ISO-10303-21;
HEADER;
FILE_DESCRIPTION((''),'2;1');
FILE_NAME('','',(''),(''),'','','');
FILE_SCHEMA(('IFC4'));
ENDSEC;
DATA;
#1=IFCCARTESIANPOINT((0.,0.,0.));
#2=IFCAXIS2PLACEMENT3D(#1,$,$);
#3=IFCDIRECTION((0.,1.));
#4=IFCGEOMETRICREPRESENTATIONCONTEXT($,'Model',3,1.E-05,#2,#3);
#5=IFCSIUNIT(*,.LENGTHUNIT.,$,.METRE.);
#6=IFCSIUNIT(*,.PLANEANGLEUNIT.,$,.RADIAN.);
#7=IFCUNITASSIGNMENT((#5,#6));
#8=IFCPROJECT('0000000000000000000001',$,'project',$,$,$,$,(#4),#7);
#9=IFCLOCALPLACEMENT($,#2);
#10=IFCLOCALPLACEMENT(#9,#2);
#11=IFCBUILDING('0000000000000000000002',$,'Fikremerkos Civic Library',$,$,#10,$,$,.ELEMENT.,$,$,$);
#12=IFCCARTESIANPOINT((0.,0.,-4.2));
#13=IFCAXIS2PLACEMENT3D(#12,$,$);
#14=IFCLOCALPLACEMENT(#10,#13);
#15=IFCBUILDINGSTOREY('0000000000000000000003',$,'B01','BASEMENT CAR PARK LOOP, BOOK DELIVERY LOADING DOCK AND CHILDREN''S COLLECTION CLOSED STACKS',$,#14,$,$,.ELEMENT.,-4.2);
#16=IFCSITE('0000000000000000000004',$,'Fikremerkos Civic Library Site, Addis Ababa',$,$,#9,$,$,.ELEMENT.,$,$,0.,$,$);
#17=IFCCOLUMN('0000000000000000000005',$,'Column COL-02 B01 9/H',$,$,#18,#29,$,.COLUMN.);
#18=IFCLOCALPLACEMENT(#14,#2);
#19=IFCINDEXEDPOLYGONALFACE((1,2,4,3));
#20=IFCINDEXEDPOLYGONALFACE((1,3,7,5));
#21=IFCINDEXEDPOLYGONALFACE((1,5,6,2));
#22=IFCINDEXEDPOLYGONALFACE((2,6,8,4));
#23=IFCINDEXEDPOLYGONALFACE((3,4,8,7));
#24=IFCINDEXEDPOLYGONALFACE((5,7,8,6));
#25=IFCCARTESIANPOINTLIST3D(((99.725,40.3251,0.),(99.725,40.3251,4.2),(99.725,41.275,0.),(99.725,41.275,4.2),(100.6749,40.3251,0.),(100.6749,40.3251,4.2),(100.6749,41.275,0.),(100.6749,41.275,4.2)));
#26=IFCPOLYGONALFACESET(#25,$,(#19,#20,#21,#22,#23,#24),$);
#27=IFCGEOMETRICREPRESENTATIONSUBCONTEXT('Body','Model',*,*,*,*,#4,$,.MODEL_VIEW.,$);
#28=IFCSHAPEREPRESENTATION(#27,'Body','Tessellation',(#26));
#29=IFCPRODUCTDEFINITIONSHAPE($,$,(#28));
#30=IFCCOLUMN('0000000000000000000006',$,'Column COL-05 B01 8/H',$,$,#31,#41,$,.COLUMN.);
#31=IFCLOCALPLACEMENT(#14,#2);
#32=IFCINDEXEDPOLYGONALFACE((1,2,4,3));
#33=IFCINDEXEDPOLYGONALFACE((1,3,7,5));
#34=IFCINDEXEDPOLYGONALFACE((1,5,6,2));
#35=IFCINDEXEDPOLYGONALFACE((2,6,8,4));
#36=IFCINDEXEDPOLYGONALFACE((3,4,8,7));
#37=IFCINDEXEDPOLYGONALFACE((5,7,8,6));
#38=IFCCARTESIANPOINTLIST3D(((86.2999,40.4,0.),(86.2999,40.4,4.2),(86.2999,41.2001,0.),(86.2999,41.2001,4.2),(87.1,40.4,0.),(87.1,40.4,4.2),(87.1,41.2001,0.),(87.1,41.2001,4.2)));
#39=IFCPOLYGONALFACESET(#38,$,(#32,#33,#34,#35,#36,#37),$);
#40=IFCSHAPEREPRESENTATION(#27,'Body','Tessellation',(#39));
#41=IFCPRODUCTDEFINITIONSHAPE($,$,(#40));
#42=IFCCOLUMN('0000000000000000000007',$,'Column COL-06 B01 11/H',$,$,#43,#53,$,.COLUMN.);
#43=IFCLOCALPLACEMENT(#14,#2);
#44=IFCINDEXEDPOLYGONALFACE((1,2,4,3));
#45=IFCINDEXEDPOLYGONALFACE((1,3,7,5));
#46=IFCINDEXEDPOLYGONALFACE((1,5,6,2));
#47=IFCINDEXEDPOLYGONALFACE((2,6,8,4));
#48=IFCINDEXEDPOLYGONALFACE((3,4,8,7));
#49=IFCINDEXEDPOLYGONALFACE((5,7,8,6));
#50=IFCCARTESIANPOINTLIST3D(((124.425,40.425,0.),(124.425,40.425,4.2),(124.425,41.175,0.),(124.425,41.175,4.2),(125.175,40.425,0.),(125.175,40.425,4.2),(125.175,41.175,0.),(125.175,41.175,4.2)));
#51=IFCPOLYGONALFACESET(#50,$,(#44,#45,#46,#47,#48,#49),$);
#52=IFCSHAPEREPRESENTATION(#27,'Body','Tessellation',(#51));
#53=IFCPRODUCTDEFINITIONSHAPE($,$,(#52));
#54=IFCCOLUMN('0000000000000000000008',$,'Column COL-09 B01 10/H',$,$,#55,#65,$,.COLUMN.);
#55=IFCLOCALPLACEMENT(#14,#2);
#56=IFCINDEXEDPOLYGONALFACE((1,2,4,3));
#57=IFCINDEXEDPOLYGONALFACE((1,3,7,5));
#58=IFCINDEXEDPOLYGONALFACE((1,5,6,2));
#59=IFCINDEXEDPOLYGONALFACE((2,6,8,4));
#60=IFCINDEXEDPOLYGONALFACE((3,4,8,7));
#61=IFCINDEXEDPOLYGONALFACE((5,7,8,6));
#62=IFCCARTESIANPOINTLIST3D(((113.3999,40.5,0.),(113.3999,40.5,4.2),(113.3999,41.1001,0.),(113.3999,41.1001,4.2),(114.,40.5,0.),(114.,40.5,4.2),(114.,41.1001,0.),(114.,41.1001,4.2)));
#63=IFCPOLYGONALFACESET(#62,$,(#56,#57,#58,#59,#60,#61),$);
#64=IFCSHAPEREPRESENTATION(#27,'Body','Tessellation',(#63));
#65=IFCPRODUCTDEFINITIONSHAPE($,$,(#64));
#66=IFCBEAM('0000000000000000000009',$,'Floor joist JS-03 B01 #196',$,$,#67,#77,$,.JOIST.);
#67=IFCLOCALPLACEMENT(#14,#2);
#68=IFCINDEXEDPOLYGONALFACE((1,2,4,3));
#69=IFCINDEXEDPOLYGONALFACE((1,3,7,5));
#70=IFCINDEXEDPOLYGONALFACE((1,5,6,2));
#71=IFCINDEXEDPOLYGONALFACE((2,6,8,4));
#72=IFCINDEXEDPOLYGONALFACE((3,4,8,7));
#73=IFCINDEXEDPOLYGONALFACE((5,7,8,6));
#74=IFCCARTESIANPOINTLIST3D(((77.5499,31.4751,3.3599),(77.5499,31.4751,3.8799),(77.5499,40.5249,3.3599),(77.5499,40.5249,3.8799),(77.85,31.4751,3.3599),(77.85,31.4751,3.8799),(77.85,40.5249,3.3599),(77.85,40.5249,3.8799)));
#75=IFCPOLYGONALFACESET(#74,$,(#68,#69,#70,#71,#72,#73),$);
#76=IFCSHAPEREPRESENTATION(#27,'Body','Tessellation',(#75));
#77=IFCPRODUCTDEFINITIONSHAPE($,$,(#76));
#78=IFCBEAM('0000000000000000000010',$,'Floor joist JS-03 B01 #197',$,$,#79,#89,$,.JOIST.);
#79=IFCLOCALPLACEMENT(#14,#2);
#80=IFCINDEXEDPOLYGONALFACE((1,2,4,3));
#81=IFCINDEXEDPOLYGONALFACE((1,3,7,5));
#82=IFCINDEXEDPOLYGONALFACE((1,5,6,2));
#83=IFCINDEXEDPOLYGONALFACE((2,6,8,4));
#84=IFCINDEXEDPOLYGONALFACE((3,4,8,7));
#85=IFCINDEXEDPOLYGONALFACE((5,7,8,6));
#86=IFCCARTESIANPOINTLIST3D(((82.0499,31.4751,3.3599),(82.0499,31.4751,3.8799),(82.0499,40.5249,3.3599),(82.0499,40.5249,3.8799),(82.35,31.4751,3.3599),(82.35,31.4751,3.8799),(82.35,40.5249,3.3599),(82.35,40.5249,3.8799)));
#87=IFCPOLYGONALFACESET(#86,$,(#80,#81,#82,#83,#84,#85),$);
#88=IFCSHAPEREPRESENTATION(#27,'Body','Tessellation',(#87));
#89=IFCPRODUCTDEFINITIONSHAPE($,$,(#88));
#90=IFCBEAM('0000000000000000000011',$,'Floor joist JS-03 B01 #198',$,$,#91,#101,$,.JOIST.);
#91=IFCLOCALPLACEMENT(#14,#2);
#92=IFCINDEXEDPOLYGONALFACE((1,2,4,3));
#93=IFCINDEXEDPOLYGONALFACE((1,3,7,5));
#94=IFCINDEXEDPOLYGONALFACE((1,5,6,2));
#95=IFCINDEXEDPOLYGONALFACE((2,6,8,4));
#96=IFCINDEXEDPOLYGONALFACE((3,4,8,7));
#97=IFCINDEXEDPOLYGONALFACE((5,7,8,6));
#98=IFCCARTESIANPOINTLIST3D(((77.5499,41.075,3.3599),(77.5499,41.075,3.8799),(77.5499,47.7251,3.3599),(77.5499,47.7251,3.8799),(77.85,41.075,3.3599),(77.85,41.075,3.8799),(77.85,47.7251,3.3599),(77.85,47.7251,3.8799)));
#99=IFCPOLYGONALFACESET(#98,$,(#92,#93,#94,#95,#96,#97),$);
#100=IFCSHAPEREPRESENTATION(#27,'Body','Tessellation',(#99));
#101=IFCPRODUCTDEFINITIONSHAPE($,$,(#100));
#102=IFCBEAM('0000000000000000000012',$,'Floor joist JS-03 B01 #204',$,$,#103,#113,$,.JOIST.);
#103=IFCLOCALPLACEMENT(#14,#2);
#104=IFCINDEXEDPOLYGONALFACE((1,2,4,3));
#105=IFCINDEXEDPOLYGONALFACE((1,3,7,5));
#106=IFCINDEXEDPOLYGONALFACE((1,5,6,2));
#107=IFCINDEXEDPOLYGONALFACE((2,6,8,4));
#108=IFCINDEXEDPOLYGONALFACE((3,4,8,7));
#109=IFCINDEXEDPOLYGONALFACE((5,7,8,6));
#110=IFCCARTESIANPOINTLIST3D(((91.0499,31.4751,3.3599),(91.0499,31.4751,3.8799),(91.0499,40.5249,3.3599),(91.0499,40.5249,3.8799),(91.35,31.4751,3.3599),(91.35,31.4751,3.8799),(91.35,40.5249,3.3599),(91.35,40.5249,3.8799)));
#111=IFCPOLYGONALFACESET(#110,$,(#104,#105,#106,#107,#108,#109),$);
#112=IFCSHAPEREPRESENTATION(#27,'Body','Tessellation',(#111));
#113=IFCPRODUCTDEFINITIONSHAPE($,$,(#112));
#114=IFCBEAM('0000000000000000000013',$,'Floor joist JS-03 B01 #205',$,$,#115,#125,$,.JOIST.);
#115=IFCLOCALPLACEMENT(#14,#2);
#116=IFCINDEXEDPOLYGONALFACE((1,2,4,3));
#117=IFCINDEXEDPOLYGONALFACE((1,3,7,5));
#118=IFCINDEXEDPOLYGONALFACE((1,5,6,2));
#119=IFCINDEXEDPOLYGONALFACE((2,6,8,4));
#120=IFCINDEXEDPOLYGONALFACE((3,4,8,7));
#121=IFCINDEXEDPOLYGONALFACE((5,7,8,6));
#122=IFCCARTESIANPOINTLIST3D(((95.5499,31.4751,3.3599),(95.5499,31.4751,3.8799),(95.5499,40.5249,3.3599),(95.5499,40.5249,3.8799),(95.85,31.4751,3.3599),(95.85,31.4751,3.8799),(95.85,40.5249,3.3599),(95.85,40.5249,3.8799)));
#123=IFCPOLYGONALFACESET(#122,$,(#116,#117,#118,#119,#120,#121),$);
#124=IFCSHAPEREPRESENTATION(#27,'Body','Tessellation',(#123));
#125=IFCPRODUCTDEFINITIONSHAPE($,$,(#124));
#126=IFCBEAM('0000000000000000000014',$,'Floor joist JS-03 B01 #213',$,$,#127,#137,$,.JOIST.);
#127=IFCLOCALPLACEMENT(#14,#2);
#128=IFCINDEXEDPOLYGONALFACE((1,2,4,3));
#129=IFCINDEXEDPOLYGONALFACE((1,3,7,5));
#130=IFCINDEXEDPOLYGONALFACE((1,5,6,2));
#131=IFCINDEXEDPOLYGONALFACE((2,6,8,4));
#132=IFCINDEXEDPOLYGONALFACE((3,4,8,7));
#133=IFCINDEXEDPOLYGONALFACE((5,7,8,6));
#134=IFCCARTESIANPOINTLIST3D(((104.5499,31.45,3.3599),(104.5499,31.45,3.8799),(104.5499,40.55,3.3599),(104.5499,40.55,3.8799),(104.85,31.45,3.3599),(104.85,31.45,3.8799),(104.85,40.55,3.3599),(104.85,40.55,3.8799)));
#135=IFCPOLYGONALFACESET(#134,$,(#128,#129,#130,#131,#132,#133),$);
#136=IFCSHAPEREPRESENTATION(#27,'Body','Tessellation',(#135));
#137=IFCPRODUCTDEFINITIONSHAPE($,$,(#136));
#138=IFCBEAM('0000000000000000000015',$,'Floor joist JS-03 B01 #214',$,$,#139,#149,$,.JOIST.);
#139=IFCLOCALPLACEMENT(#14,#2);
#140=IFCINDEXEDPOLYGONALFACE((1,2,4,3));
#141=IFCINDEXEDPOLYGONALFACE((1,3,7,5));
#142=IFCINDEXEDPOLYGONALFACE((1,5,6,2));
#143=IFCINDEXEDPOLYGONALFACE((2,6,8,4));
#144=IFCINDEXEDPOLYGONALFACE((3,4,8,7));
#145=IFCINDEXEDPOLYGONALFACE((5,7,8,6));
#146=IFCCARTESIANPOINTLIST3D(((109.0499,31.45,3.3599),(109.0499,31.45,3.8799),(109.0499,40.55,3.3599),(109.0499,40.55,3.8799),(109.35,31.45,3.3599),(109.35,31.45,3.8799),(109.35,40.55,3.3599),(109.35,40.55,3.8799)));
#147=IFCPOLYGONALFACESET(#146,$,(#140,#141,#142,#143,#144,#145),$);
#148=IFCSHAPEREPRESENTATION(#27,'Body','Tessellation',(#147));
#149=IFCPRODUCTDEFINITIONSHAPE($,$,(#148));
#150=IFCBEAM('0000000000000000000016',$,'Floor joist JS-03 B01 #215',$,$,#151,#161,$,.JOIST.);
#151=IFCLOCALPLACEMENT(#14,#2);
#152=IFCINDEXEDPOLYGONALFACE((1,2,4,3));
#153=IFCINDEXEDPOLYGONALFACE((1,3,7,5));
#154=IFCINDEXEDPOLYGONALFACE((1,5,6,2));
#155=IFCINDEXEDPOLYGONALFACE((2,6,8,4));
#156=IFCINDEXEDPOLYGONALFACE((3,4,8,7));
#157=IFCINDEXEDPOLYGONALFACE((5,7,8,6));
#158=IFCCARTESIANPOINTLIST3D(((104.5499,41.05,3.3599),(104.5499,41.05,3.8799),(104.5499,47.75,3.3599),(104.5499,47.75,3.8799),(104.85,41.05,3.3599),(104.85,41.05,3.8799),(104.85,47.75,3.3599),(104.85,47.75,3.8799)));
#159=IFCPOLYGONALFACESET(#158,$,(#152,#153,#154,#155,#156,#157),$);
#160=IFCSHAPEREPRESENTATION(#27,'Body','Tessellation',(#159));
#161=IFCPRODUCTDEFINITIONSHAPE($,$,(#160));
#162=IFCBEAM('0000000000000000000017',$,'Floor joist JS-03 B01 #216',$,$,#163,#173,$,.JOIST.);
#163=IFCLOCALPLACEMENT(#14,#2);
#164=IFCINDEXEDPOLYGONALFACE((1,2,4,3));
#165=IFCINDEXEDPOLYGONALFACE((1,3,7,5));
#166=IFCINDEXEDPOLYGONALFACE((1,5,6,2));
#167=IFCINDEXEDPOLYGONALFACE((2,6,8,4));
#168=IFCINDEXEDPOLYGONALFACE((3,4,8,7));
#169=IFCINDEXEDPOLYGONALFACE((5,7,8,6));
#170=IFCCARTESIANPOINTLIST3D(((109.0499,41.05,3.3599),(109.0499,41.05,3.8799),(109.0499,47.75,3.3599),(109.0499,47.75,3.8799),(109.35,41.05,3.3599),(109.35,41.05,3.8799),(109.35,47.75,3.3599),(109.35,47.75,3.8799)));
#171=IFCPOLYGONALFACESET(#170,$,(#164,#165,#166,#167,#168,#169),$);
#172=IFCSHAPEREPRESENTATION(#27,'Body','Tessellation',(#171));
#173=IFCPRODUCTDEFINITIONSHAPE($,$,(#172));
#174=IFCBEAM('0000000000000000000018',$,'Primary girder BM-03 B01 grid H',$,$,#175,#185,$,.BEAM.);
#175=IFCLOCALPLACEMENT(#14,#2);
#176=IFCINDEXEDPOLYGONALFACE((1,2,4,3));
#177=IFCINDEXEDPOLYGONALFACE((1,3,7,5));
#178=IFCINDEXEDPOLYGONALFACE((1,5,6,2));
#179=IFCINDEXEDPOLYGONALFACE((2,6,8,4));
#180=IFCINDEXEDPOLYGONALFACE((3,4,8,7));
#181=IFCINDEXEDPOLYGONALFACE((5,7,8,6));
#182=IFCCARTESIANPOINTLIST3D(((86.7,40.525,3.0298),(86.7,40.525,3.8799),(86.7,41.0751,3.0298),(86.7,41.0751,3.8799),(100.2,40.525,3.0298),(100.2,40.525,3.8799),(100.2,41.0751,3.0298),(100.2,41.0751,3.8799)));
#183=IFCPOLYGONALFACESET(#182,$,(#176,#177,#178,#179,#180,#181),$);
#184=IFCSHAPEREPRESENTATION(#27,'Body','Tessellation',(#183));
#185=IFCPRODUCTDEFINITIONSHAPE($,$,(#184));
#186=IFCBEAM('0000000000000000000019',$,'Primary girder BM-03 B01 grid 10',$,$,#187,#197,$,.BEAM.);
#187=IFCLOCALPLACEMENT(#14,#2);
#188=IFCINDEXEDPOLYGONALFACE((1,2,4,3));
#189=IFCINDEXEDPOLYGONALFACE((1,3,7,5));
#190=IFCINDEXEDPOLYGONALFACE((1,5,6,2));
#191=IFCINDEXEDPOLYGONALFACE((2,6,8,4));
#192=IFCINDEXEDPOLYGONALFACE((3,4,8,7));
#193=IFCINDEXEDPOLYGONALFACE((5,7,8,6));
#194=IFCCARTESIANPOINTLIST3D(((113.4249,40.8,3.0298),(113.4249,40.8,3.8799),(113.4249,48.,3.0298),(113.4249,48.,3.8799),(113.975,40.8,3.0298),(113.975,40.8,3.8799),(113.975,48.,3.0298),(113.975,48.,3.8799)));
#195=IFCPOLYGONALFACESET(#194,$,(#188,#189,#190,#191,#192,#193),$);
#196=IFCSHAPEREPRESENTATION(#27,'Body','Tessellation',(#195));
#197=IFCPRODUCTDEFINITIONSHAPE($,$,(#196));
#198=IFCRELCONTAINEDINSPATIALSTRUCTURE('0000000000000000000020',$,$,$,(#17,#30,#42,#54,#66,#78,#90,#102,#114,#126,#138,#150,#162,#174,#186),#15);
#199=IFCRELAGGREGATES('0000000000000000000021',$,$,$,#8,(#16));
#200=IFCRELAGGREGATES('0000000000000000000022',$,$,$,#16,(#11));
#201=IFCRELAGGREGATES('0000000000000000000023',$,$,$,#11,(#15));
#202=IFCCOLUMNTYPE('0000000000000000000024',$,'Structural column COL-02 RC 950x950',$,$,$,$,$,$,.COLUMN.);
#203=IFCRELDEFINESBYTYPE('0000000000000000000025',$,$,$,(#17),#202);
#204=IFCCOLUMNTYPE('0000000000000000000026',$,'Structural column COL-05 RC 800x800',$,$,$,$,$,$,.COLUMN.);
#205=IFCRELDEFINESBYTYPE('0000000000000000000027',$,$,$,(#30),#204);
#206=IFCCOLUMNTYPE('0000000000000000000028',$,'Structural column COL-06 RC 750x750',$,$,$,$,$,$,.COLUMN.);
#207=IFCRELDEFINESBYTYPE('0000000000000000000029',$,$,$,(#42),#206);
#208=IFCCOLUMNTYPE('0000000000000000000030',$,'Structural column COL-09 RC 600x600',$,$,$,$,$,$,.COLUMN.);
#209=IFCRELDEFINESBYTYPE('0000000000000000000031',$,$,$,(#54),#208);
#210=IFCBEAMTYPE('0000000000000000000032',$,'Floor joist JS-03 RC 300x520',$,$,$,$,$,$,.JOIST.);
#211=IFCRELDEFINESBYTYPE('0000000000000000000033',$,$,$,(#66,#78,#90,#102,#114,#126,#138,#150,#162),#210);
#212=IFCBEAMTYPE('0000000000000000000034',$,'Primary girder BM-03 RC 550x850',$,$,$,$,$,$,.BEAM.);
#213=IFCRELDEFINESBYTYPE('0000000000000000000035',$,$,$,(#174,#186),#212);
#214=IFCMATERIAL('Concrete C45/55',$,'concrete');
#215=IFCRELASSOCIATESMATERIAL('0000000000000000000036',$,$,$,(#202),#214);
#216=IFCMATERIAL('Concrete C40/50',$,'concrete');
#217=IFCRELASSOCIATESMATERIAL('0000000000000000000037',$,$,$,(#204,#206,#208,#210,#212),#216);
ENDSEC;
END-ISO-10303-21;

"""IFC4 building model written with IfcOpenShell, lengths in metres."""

from ifc_helpers import new_model, si_unit, direction, frame, origin, origin_2d, place, context, subcontext, project, spatial, rectangle, extrude, material, material_profile, profile_set, type_object, element, save


model = new_model("IFC4")

# Units and contexts
model_context = context("Model", 3, precision=1e-05, world=origin(), true_north=direction((0.0, 1.0)))
body_context = subcontext(model_context, "Body", "Model", "MODEL_VIEW")
ifc_project = project(units=[si_unit("LENGTHUNIT", "METRE"), si_unit("PLANEANGLEUNIT", "RADIAN")], contexts=[model_context])

# Site, building, storey
site_placement = place(None, origin())
site = spatial("IfcSite", under=ifc_project, at=site_placement, Name="Fikremerkos Civic Library Site, Addis Ababa", CompositionType="ELEMENT", RefElevation=0.0)
building_placement = place(site_placement, origin())
building = spatial("IfcBuilding", under=site, at=building_placement, Name="Fikremerkos Civic Library", CompositionType="ELEMENT")
storey_placement = place(building_placement, frame((0.0, 0.0, -4.2)))
storey = spatial("IfcBuildingStorey", under=building, at=storey_placement, Name="B01", Description="BASEMENT CAR PARK LOOP, BOOK DELIVERY LOADING DOCK AND CHILDREN'S COLLECTION CLOSED STACKS", CompositionType="ELEMENT", Elevation=-4.2)

# Columns
ifc_material_1 = material(Name="Concrete C45/55", Category="concrete")
ifc_material_profile_1 = material_profile(ifc_material_1, rectangle(XDim=0.95, YDim=0.95, at=origin_2d()), Name="RC 950x950")
ifc_profile_set_1 = profile_set([ifc_material_profile_1], Name="Concrete C45/55")
column_type_1 = type_object("IfcColumnType", Name="Structural column COL-02 RC 950x950", PredefinedType="COLUMN", material=ifc_profile_set_1)
column_1_placement = place(storey_placement, frame((100.2, 40.8, 0.0), z_axis=(0.0, 0.0, 1.0), x_axis=(1.0, 0.0, 0.0)))
element("IfcColumn", 1, at=column_1_placement, inside=storey, type_object=column_type_1, Name="Column COL-02 B01 9/H", PredefinedType="COLUMN", context=body_context, shape_type="SweptSolid", body=[
    extrude(rectangle(XDim=0.95, YDim=0.95, at=origin_2d()), origin(), (0.0, 0.0, 1.0), 4.2),
])
ifc_material_2 = material(Name="Concrete C40/50", Category="concrete")
ifc_material_profile_2 = material_profile(ifc_material_2, rectangle(XDim=0.8, YDim=0.8, at=origin_2d()), Name="RC 800x800")
ifc_profile_set_2 = profile_set([ifc_material_profile_2], Name="Concrete C40/50")
column_type_2 = type_object("IfcColumnType", Name="Structural column COL-05 RC 800x800", PredefinedType="COLUMN", material=ifc_profile_set_2)
column_2_placement = place(storey_placement, frame((86.7, 40.8, 0.0), z_axis=(0.0, 0.0, 1.0), x_axis=(1.0, 0.0, 0.0)))
element("IfcColumn", 2, at=column_2_placement, inside=storey, type_object=column_type_2, Name="Column COL-05 B01 8/H", PredefinedType="COLUMN", context=body_context, shape_type="SweptSolid", body=[
    extrude(rectangle(XDim=0.8, YDim=0.8, at=origin_2d()), origin(), (0.0, 0.0, 1.0), 4.2),
])
ifc_material_profile_3 = material_profile(ifc_material_2, rectangle(XDim=0.75, YDim=0.75, at=origin_2d()), Name="RC 750x750")
ifc_profile_set_3 = profile_set([ifc_material_profile_3], Name="Concrete C40/50")
column_type_3 = type_object("IfcColumnType", Name="Structural column COL-06 RC 750x750", PredefinedType="COLUMN", material=ifc_profile_set_3)
column_3_placement = place(storey_placement, frame((124.8, 40.8, 0.0), z_axis=(0.0, 0.0, 1.0), x_axis=(1.0, 0.0, 0.0)))
element("IfcColumn", 3, at=column_3_placement, inside=storey, type_object=column_type_3, Name="Column COL-06 B01 11/H", PredefinedType="COLUMN", context=body_context, shape_type="SweptSolid", body=[
    extrude(rectangle(XDim=0.75, YDim=0.75, at=origin_2d()), origin(), (0.0, 0.0, 1.0), 4.2),
])
ifc_material_profile_4 = material_profile(ifc_material_2, rectangle(XDim=0.6001, YDim=0.6001, at=origin_2d()), Name="RC 600x600")
ifc_profile_set_4 = profile_set([ifc_material_profile_4], Name="Concrete C40/50")
column_type_4 = type_object("IfcColumnType", Name="Structural column COL-09 RC 600x600", PredefinedType="COLUMN", material=ifc_profile_set_4)
column_4_placement = place(storey_placement, frame((113.7, 40.8, 0.0), z_axis=(0.0, 0.0, 1.0), x_axis=(1.0, 0.0, 0.0)))
element("IfcColumn", 4, at=column_4_placement, inside=storey, type_object=column_type_4, Name="Column COL-09 B01 10/H", PredefinedType="COLUMN", context=body_context, shape_type="SweptSolid", body=[
    extrude(rectangle(XDim=0.6001, YDim=0.6001, at=origin_2d()), origin(), (0.0, 0.0, 1.0), 4.2),
])

# Beams
ifc_material_profile_5 = material_profile(ifc_material_2, rectangle(XDim=0.3, YDim=0.52, at=origin_2d()), Name="RC 300x520")
ifc_profile_set_5 = profile_set([ifc_material_profile_5], Name="Concrete C40/50")
beam_type_1 = type_object("IfcBeamType", Name="Floor joist JS-03 RC 300x520", PredefinedType="JOIST", material=ifc_profile_set_5)
for number, where, z_axis, x_axis, name in (
    (5, (77.7, 31.4751, 3.6199), (0.0, 1.0, 0.0), (-1.0, 0.0, 0.0), "Floor joist JS-03 B01 #196"),
    (6, (82.2, 31.4751, 3.6199), (0.0, 1.0, 0.0), (-1.0, 0.0, 0.0), "Floor joist JS-03 B01 #197"),
):
    element("IfcBeam", number, at=place(storey_placement, frame(where, z_axis=z_axis, x_axis=x_axis)), inside=storey, type_object=beam_type_1, Name=name, PredefinedType="JOIST", context=body_context, shape_type="SweptSolid", body=[
        extrude(rectangle(XDim=0.3, YDim=0.52, at=origin_2d()), origin(), (0.0, 0.0, 1.0), 9.0498),
    ])
beam_1_placement = place(storey_placement, frame((77.7, 41.075, 3.6199), z_axis=(0.0, 1.0, 0.0), x_axis=(-1.0, 0.0, 0.0)))
element("IfcBeam", 7, at=beam_1_placement, inside=storey, type_object=beam_type_1, Name="Floor joist JS-03 B01 #198", PredefinedType="JOIST", context=body_context, shape_type="SweptSolid", body=[
    extrude(rectangle(XDim=0.3, YDim=0.52, at=origin_2d()), origin(), (0.0, 0.0, 1.0), 6.6501),
])
for number, where, z_axis, x_axis, name in (
    (8, (91.2, 31.4751, 3.6199), (0.0, 1.0, 0.0), (-1.0, 0.0, 0.0), "Floor joist JS-03 B01 #204"),
    (9, (95.7, 31.4751, 3.6199), (0.0, 1.0, 0.0), (-1.0, 0.0, 0.0), "Floor joist JS-03 B01 #205"),
):
    element("IfcBeam", number, at=place(storey_placement, frame(where, z_axis=z_axis, x_axis=x_axis)), inside=storey, type_object=beam_type_1, Name=name, PredefinedType="JOIST", context=body_context, shape_type="SweptSolid", body=[
        extrude(rectangle(XDim=0.3, YDim=0.52, at=origin_2d()), origin(), (0.0, 0.0, 1.0), 9.0498),
    ])
for number, where, z_axis, x_axis, name in (
    (10, (104.7, 31.45, 3.6199), (0.0, 1.0, 0.0), (-1.0, 0.0, 0.0), "Floor joist JS-03 B01 #213"),
    (11, (109.2, 31.45, 3.6199), (0.0, 1.0, 0.0), (-1.0, 0.0, 0.0), "Floor joist JS-03 B01 #214"),
):
    element("IfcBeam", number, at=place(storey_placement, frame(where, z_axis=z_axis, x_axis=x_axis)), inside=storey, type_object=beam_type_1, Name=name, PredefinedType="JOIST", context=body_context, shape_type="SweptSolid", body=[
        extrude(rectangle(XDim=0.3, YDim=0.52, at=origin_2d()), origin(), (0.0, 0.0, 1.0), 9.1001),
    ])
for number, where, z_axis, x_axis, name in (
    (12, (104.7, 41.05, 3.6199), (0.0, 1.0, 0.0), (-1.0, 0.0, 0.0), "Floor joist JS-03 B01 #215"),
    (13, (109.2, 41.05, 3.6199), (0.0, 1.0, 0.0), (-1.0, 0.0, 0.0), "Floor joist JS-03 B01 #216"),
):
    element("IfcBeam", number, at=place(storey_placement, frame(where, z_axis=z_axis, x_axis=x_axis)), inside=storey, type_object=beam_type_1, Name=name, PredefinedType="JOIST", context=body_context, shape_type="SweptSolid", body=[
        extrude(rectangle(XDim=0.3, YDim=0.52, at=origin_2d()), origin(), (0.0, 0.0, 1.0), 6.7),
    ])
ifc_material_profile_6 = material_profile(ifc_material_2, rectangle(XDim=0.55, YDim=0.8501, at=origin_2d()), Name="RC 550x850")
ifc_profile_set_6 = profile_set([ifc_material_profile_6], Name="Concrete C40/50")
beam_type_2 = type_object("IfcBeamType", Name="Primary girder BM-03 RC 550x850", PredefinedType="BEAM", material=ifc_profile_set_6)
beam_2_placement = place(storey_placement, frame((86.7, 40.8, 3.4548), z_axis=(1.0, 0.0, 0.0), x_axis=(0.0, 1.0, 0.0)))
element("IfcBeam", 14, at=beam_2_placement, inside=storey, type_object=beam_type_2, Name="Primary girder BM-03 B01 grid H", PredefinedType="BEAM", context=body_context, shape_type="SweptSolid", body=[
    extrude(rectangle(XDim=0.55, YDim=0.8501, at=origin_2d()), origin(), (0.0, 0.0, 1.0), 13.5),
])
beam_3_placement = place(storey_placement, frame((113.7, 40.8, 3.4548), z_axis=(0.0, 1.0, 0.0), x_axis=(-1.0, 0.0, 0.0)))
element("IfcBeam", 15, at=beam_3_placement, inside=storey, type_object=beam_type_2, Name="Primary girder BM-03 B01 grid 10", PredefinedType="BEAM", context=body_context, shape_type="SweptSolid", body=[
    extrude(rectangle(XDim=0.55, YDim=0.8501, at=origin_2d()), origin(), (0.0, 0.0, 1.0), 7.2),
])

save(model, "model.ifc")
